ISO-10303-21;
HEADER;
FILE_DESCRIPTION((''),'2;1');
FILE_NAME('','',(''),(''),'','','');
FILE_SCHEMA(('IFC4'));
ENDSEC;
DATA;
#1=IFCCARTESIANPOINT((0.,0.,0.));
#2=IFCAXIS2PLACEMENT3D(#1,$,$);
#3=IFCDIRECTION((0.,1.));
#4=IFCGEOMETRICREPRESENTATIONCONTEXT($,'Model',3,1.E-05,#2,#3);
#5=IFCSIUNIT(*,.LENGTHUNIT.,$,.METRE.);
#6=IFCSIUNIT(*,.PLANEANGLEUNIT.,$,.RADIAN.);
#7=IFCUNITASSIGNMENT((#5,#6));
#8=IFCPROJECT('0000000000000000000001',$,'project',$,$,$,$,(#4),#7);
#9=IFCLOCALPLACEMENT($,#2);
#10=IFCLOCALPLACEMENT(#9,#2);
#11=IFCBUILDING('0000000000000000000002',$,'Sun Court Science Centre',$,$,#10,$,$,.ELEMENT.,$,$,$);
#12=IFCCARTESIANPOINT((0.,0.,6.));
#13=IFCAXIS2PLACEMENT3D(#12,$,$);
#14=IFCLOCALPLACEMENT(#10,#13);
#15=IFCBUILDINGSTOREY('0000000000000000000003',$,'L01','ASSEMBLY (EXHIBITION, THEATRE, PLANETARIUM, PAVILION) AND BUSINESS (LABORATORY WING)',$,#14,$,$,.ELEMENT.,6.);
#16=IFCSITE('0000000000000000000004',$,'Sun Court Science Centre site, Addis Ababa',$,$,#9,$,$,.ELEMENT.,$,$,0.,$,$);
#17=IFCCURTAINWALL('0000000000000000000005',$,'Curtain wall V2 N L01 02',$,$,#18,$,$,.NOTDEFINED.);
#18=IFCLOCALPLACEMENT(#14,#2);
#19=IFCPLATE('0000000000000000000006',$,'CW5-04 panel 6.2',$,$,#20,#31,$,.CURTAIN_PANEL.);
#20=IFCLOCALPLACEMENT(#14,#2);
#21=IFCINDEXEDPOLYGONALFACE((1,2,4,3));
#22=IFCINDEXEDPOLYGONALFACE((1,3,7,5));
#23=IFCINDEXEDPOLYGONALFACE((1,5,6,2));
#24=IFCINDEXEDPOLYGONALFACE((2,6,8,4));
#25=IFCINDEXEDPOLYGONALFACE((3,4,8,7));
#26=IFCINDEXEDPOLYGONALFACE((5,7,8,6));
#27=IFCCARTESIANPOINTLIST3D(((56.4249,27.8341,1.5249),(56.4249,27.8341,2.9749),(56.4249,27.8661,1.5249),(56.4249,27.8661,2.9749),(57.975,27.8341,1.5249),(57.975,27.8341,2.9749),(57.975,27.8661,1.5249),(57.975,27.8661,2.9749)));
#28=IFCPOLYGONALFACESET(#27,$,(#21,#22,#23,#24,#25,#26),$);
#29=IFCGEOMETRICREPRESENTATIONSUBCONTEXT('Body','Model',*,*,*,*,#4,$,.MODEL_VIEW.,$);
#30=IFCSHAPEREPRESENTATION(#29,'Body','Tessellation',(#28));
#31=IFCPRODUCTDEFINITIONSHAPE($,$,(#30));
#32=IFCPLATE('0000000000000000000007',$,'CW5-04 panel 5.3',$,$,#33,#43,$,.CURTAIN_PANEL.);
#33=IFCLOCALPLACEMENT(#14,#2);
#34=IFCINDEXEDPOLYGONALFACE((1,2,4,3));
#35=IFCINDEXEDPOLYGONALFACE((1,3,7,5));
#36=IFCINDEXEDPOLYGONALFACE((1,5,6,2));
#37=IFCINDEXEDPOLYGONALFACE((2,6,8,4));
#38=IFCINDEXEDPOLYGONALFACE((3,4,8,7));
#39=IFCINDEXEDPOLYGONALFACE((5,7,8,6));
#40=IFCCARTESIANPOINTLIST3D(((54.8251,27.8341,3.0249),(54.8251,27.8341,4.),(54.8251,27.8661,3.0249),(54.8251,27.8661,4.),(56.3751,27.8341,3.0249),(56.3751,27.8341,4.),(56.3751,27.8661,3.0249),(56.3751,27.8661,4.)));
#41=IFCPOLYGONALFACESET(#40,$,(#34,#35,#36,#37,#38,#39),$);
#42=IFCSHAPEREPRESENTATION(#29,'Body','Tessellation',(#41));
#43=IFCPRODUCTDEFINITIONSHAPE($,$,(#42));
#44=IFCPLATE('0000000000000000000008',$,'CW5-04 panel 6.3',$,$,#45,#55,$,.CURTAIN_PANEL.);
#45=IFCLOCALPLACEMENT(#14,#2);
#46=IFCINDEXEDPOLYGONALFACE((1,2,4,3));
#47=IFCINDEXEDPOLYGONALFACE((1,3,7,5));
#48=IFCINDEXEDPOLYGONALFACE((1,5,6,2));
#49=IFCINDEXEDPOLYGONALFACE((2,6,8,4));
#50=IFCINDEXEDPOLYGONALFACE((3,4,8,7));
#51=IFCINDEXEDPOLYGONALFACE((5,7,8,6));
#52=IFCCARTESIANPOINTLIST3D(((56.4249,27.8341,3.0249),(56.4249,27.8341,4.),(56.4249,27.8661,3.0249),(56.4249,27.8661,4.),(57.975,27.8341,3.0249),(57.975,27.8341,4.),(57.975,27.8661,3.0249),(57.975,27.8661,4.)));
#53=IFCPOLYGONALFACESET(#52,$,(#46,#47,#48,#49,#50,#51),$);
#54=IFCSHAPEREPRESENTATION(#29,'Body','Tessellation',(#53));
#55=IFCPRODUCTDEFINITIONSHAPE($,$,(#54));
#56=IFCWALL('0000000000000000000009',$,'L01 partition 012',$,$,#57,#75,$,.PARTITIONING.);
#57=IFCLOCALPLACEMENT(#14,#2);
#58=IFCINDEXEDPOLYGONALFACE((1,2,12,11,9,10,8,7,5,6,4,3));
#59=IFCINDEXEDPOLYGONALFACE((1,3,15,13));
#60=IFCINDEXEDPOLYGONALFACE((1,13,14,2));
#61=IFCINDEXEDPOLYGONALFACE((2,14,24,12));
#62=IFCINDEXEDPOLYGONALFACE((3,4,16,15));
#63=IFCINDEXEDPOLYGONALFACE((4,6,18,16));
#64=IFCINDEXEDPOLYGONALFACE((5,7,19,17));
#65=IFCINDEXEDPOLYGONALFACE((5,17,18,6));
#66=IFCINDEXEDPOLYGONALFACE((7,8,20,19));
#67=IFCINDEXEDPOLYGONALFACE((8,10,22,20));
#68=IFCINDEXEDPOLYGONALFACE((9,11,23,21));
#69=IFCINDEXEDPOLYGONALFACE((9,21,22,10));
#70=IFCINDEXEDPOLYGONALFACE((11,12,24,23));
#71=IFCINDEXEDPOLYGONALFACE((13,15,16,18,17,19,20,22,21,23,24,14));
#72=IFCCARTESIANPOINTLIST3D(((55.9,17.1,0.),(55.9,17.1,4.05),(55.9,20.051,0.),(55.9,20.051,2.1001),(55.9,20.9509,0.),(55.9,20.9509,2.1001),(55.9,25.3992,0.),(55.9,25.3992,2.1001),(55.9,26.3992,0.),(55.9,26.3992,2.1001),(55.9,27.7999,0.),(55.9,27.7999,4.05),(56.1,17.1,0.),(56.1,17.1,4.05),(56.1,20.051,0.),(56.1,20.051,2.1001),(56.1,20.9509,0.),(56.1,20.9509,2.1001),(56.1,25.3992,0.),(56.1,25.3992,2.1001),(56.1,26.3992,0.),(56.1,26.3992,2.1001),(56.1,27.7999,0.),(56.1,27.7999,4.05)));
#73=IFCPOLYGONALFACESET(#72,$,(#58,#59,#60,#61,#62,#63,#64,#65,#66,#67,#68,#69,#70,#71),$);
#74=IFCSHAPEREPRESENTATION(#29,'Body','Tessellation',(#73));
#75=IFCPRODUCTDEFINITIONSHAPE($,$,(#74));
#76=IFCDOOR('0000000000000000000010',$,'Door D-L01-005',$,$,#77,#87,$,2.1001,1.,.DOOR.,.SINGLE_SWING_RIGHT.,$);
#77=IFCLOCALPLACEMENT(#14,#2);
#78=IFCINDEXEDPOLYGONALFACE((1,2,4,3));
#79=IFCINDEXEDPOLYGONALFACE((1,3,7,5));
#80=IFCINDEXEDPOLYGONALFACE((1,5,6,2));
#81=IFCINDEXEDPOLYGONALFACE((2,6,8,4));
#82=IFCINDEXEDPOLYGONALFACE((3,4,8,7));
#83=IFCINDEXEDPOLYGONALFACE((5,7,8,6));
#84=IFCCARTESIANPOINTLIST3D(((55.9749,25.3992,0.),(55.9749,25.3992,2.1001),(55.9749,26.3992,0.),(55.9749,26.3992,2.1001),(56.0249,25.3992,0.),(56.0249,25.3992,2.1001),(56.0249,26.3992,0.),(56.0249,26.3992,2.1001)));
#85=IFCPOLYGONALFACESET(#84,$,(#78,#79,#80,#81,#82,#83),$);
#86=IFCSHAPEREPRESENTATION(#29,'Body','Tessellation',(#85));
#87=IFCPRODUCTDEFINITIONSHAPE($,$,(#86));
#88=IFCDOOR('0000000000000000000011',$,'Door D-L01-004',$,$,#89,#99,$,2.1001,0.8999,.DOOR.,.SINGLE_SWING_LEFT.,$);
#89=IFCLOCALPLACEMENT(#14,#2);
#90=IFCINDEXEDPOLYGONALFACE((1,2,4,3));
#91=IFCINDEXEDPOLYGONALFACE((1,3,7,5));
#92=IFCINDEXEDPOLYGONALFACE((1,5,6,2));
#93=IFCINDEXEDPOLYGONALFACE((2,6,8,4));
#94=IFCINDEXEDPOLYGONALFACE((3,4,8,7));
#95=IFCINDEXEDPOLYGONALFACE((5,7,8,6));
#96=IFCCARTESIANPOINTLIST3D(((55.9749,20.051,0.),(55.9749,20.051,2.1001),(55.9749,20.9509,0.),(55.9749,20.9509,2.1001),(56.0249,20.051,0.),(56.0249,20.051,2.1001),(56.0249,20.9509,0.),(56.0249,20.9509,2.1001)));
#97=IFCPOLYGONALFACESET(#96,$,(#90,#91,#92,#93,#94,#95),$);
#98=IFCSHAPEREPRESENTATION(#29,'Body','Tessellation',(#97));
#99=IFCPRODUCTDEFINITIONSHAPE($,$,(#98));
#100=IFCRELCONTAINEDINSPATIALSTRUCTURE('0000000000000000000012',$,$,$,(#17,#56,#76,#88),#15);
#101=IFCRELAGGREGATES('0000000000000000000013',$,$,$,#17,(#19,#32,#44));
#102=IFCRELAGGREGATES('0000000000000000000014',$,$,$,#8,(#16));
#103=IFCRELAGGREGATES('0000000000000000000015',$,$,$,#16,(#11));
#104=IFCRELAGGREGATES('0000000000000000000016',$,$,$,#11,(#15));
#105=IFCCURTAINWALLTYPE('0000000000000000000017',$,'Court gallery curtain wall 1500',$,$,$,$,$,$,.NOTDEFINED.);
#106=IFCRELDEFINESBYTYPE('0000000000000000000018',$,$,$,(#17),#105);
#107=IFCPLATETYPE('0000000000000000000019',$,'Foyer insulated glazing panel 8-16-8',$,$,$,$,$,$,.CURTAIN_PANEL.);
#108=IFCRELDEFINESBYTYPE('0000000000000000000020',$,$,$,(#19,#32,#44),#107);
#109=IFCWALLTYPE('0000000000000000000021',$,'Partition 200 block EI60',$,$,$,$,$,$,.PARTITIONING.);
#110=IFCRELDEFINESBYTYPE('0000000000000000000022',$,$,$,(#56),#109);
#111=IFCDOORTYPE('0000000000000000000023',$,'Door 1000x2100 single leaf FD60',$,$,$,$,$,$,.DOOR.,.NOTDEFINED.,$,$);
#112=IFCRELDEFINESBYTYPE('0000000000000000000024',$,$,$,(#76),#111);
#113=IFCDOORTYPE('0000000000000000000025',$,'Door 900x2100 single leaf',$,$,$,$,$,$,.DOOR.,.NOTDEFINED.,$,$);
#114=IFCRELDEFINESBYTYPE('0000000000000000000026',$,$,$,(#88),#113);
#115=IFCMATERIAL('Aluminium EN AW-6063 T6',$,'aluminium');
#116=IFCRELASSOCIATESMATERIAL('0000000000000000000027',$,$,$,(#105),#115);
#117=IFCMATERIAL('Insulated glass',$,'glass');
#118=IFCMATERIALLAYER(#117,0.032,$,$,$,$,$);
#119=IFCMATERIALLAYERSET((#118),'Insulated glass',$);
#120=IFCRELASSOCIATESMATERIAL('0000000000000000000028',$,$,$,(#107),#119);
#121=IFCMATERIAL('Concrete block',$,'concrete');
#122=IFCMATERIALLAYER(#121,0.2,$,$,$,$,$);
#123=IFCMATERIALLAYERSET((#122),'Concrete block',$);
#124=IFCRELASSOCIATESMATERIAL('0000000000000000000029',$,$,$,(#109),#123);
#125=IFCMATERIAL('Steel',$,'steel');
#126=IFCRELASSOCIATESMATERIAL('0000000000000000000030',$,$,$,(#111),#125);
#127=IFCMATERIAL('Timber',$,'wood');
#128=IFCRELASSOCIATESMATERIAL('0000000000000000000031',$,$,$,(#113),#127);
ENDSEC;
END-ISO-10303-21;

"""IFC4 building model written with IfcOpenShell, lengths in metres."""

from ifc_helpers import new_model, si_unit, direction, frame, frame_2d, origin, origin_2d, place, context, subcontext, project, spatial, rectangle, extrude, material, layer, layer_set, type_object, element, fill, aggregate, save


model = new_model("IFC4")

# Units and contexts
model_context = context("Model", 3, precision=1e-05, world=origin(), true_north=direction((0.0, 1.0)))
body_context = subcontext(model_context, "Body", "Model", "MODEL_VIEW")
ifc_project = project(units=[si_unit("LENGTHUNIT", "METRE"), si_unit("PLANEANGLEUNIT", "RADIAN")], contexts=[model_context])

# Site, building, storey
site_placement = place(None, origin())
site = spatial("IfcSite", under=ifc_project, at=site_placement, Name="Sun Court Science Centre site, Addis Ababa", CompositionType="ELEMENT", RefElevation=0.0)
building_placement = place(site_placement, origin())
building = spatial("IfcBuilding", under=site, at=building_placement, Name="Sun Court Science Centre", CompositionType="ELEMENT")
storey_placement = place(building_placement, frame((0.0, 0.0, 6.0)))
storey = spatial("IfcBuildingStorey", under=building, at=storey_placement, Name="L01", Description="ASSEMBLY (EXHIBITION, THEATRE, PLANETARIUM, PAVILION) AND BUSINESS (LABORATORY WING)", CompositionType="ELEMENT", Elevation=6.0)

# Curtain wall
ifc_material_1 = material(Name="Aluminium EN AW-6063 T6", Category="aluminium")
curtain_wall_type = type_object("IfcCurtainWallType", Name="Court gallery curtain wall 1500", PredefinedType="NOTDEFINED", material=ifc_material_1)
curtain_wall_placement = place(storey_placement, origin())
curtain_wall = element("IfcCurtainWall", 1, at=curtain_wall_placement, inside=storey, type_object=curtain_wall_type, Name="Curtain wall V2 N L01 02", PredefinedType="NOTDEFINED")

# Plates
ifc_material_2 = material(Name="Insulated glass", Category="glass")
ifc_layer_1 = layer(ifc_material_2, 0.032)
ifc_layer_set_1 = layer_set([ifc_layer_1], Name="Insulated glass")
plate_type = type_object("IfcPlateType", Name="Foyer insulated glazing panel 8-16-8", PredefinedType="CURTAIN_PANEL", material=ifc_layer_set_1)
plate_1_placement = place(storey_placement, frame((57.2, 27.8501, 1.5249), z_axis=(0.0, 0.0, 1.0), x_axis=(1.0, 0.0, 0.0)))
plate_1 = element("IfcPlate", 2, at=plate_1_placement, type_object=plate_type, Name="CW5-04 panel 6.2", PredefinedType="CURTAIN_PANEL", context=body_context, shape_type="SweptSolid", body=[
    extrude(rectangle(XDim=1.55, YDim=0.032, at=origin_2d()), origin(), (0.0, 0.0, 1.0), 1.45),
])
plate_2_placement = place(storey_placement, frame((55.6001, 27.8501, 3.0249), z_axis=(0.0, 0.0, 1.0), x_axis=(1.0, 0.0, 0.0)))
plate_2 = element("IfcPlate", 3, at=plate_2_placement, type_object=plate_type, Name="CW5-04 panel 5.3", PredefinedType="CURTAIN_PANEL", context=body_context, shape_type="SweptSolid", body=[
    extrude(rectangle(XDim=1.55, YDim=0.032, at=origin_2d()), origin(), (0.0, 0.0, 1.0), 0.9751),
])
plate_3_placement = place(storey_placement, frame((57.2, 27.8501, 3.0249), z_axis=(0.0, 0.0, 1.0), x_axis=(1.0, 0.0, 0.0)))
plate_3 = element("IfcPlate", 4, at=plate_3_placement, type_object=plate_type, Name="CW5-04 panel 6.3", PredefinedType="CURTAIN_PANEL", context=body_context, shape_type="SweptSolid", body=[
    extrude(rectangle(XDim=1.55, YDim=0.032, at=origin_2d()), origin(), (0.0, 0.0, 1.0), 0.9751),
])
aggregate(curtain_wall, [plate_1, plate_2, plate_3])

# Wall, openings, doors
ifc_material_3 = material(Name="Concrete block", Category="concrete")
ifc_layer_2 = layer(ifc_material_3, 0.2)
ifc_layer_set_2 = layer_set([ifc_layer_2], Name="Concrete block")
wall_type = type_object("IfcWallType", Name="Partition 200 block EI60", PredefinedType="PARTITIONING", material=ifc_layer_set_2)
wall_placement = place(storey_placement, frame((56.0, 27.8, 0.0), z_axis=(0.0, 0.0, 1.0), x_axis=(0.0, -1.0, 0.0)))
wall = element("IfcWall", 5, at=wall_placement, inside=storey, type_object=wall_type, Name="L01 partition 012", PredefinedType="PARTITIONING", context=body_context, shape_type="SweptSolid", body=[
    extrude(rectangle(XDim=10.7, YDim=0.2, at=frame_2d((5.3501, 0.0))), origin(), (0.0, 0.0, 1.0), 4.05),
])
opening_1_placement = place(wall_placement, frame((6.8491, 0.0, 0.0)))
opening_1 = element("IfcOpeningElement", 6, at=opening_1_placement, cuts=wall, PredefinedType="OPENING", context=body_context, shape_type="SweptSolid", body=[
    extrude(rectangle(XDim=0.8999, YDim=2.1001, at=frame_2d((0.45, 1.05))), frame((0.0, 0.1099, 0.0), z_axis=(0.0, -1.0, 0.0), x_axis=(1.0, 0.0, 0.0)), (0.0, 0.0, 1.0), 0.22),
])
opening_2_placement = place(wall_placement, frame((1.4009, 0.0, 0.0)))
opening_2 = element("IfcOpeningElement", 7, at=opening_2_placement, cuts=wall, PredefinedType="OPENING", context=body_context, shape_type="SweptSolid", body=[
    extrude(rectangle(XDim=1.0, YDim=2.1001, at=frame_2d((0.5, 1.05))), frame((0.0, 0.1099, 0.0), z_axis=(0.0, -1.0, 0.0), x_axis=(1.0, 0.0, 0.0)), (0.0, 0.0, 1.0), 0.22),
])
ifc_material_4 = material(Name="Steel", Category="steel")
door_type_1 = type_object("IfcDoorType", Name="Door 1000x2100 single leaf FD60", OperationType="NOTDEFINED", PredefinedType="DOOR", material=ifc_material_4)
door_1_placement = place(opening_2_placement, origin())
door_1 = element("IfcDoor", 8, at=door_1_placement, inside=storey, type_object=door_type_1, Name="Door D-L01-005", OperationType="SINGLE_SWING_RIGHT", OverallHeight=2.1001, OverallWidth=1.0, PredefinedType="DOOR", context=body_context, shape_type="SweptSolid", body=[
    extrude(rectangle(XDim=1.0, YDim=2.1001, at=frame_2d((0.5, 1.05))), frame((0.0, 0.0249, 0.0), z_axis=(0.0, -1.0, 0.0), x_axis=(1.0, 0.0, 0.0)), (0.0, 0.0, 1.0), 0.05),
])
fill(opening_2, door_1)
ifc_material_5 = material(Name="Timber", Category="wood")
door_type_2 = type_object("IfcDoorType", Name="Door 900x2100 single leaf", OperationType="NOTDEFINED", PredefinedType="DOOR", material=ifc_material_5)
door_2_placement = place(opening_1_placement, origin())
door_2 = element("IfcDoor", 9, at=door_2_placement, inside=storey, type_object=door_type_2, Name="Door D-L01-004", OperationType="SINGLE_SWING_LEFT", OverallHeight=2.1001, OverallWidth=0.8999, PredefinedType="DOOR", context=body_context, shape_type="SweptSolid", body=[
    extrude(rectangle(XDim=0.8999, YDim=2.1001, at=frame_2d((0.45, 1.05))), frame((0.0, 0.0249, 0.0), z_axis=(0.0, -1.0, 0.0), x_axis=(1.0, 0.0, 0.0)), (0.0, 0.0, 1.0), 0.05),
])
fill(opening_1, door_2)

save(model, "model.ifc")
